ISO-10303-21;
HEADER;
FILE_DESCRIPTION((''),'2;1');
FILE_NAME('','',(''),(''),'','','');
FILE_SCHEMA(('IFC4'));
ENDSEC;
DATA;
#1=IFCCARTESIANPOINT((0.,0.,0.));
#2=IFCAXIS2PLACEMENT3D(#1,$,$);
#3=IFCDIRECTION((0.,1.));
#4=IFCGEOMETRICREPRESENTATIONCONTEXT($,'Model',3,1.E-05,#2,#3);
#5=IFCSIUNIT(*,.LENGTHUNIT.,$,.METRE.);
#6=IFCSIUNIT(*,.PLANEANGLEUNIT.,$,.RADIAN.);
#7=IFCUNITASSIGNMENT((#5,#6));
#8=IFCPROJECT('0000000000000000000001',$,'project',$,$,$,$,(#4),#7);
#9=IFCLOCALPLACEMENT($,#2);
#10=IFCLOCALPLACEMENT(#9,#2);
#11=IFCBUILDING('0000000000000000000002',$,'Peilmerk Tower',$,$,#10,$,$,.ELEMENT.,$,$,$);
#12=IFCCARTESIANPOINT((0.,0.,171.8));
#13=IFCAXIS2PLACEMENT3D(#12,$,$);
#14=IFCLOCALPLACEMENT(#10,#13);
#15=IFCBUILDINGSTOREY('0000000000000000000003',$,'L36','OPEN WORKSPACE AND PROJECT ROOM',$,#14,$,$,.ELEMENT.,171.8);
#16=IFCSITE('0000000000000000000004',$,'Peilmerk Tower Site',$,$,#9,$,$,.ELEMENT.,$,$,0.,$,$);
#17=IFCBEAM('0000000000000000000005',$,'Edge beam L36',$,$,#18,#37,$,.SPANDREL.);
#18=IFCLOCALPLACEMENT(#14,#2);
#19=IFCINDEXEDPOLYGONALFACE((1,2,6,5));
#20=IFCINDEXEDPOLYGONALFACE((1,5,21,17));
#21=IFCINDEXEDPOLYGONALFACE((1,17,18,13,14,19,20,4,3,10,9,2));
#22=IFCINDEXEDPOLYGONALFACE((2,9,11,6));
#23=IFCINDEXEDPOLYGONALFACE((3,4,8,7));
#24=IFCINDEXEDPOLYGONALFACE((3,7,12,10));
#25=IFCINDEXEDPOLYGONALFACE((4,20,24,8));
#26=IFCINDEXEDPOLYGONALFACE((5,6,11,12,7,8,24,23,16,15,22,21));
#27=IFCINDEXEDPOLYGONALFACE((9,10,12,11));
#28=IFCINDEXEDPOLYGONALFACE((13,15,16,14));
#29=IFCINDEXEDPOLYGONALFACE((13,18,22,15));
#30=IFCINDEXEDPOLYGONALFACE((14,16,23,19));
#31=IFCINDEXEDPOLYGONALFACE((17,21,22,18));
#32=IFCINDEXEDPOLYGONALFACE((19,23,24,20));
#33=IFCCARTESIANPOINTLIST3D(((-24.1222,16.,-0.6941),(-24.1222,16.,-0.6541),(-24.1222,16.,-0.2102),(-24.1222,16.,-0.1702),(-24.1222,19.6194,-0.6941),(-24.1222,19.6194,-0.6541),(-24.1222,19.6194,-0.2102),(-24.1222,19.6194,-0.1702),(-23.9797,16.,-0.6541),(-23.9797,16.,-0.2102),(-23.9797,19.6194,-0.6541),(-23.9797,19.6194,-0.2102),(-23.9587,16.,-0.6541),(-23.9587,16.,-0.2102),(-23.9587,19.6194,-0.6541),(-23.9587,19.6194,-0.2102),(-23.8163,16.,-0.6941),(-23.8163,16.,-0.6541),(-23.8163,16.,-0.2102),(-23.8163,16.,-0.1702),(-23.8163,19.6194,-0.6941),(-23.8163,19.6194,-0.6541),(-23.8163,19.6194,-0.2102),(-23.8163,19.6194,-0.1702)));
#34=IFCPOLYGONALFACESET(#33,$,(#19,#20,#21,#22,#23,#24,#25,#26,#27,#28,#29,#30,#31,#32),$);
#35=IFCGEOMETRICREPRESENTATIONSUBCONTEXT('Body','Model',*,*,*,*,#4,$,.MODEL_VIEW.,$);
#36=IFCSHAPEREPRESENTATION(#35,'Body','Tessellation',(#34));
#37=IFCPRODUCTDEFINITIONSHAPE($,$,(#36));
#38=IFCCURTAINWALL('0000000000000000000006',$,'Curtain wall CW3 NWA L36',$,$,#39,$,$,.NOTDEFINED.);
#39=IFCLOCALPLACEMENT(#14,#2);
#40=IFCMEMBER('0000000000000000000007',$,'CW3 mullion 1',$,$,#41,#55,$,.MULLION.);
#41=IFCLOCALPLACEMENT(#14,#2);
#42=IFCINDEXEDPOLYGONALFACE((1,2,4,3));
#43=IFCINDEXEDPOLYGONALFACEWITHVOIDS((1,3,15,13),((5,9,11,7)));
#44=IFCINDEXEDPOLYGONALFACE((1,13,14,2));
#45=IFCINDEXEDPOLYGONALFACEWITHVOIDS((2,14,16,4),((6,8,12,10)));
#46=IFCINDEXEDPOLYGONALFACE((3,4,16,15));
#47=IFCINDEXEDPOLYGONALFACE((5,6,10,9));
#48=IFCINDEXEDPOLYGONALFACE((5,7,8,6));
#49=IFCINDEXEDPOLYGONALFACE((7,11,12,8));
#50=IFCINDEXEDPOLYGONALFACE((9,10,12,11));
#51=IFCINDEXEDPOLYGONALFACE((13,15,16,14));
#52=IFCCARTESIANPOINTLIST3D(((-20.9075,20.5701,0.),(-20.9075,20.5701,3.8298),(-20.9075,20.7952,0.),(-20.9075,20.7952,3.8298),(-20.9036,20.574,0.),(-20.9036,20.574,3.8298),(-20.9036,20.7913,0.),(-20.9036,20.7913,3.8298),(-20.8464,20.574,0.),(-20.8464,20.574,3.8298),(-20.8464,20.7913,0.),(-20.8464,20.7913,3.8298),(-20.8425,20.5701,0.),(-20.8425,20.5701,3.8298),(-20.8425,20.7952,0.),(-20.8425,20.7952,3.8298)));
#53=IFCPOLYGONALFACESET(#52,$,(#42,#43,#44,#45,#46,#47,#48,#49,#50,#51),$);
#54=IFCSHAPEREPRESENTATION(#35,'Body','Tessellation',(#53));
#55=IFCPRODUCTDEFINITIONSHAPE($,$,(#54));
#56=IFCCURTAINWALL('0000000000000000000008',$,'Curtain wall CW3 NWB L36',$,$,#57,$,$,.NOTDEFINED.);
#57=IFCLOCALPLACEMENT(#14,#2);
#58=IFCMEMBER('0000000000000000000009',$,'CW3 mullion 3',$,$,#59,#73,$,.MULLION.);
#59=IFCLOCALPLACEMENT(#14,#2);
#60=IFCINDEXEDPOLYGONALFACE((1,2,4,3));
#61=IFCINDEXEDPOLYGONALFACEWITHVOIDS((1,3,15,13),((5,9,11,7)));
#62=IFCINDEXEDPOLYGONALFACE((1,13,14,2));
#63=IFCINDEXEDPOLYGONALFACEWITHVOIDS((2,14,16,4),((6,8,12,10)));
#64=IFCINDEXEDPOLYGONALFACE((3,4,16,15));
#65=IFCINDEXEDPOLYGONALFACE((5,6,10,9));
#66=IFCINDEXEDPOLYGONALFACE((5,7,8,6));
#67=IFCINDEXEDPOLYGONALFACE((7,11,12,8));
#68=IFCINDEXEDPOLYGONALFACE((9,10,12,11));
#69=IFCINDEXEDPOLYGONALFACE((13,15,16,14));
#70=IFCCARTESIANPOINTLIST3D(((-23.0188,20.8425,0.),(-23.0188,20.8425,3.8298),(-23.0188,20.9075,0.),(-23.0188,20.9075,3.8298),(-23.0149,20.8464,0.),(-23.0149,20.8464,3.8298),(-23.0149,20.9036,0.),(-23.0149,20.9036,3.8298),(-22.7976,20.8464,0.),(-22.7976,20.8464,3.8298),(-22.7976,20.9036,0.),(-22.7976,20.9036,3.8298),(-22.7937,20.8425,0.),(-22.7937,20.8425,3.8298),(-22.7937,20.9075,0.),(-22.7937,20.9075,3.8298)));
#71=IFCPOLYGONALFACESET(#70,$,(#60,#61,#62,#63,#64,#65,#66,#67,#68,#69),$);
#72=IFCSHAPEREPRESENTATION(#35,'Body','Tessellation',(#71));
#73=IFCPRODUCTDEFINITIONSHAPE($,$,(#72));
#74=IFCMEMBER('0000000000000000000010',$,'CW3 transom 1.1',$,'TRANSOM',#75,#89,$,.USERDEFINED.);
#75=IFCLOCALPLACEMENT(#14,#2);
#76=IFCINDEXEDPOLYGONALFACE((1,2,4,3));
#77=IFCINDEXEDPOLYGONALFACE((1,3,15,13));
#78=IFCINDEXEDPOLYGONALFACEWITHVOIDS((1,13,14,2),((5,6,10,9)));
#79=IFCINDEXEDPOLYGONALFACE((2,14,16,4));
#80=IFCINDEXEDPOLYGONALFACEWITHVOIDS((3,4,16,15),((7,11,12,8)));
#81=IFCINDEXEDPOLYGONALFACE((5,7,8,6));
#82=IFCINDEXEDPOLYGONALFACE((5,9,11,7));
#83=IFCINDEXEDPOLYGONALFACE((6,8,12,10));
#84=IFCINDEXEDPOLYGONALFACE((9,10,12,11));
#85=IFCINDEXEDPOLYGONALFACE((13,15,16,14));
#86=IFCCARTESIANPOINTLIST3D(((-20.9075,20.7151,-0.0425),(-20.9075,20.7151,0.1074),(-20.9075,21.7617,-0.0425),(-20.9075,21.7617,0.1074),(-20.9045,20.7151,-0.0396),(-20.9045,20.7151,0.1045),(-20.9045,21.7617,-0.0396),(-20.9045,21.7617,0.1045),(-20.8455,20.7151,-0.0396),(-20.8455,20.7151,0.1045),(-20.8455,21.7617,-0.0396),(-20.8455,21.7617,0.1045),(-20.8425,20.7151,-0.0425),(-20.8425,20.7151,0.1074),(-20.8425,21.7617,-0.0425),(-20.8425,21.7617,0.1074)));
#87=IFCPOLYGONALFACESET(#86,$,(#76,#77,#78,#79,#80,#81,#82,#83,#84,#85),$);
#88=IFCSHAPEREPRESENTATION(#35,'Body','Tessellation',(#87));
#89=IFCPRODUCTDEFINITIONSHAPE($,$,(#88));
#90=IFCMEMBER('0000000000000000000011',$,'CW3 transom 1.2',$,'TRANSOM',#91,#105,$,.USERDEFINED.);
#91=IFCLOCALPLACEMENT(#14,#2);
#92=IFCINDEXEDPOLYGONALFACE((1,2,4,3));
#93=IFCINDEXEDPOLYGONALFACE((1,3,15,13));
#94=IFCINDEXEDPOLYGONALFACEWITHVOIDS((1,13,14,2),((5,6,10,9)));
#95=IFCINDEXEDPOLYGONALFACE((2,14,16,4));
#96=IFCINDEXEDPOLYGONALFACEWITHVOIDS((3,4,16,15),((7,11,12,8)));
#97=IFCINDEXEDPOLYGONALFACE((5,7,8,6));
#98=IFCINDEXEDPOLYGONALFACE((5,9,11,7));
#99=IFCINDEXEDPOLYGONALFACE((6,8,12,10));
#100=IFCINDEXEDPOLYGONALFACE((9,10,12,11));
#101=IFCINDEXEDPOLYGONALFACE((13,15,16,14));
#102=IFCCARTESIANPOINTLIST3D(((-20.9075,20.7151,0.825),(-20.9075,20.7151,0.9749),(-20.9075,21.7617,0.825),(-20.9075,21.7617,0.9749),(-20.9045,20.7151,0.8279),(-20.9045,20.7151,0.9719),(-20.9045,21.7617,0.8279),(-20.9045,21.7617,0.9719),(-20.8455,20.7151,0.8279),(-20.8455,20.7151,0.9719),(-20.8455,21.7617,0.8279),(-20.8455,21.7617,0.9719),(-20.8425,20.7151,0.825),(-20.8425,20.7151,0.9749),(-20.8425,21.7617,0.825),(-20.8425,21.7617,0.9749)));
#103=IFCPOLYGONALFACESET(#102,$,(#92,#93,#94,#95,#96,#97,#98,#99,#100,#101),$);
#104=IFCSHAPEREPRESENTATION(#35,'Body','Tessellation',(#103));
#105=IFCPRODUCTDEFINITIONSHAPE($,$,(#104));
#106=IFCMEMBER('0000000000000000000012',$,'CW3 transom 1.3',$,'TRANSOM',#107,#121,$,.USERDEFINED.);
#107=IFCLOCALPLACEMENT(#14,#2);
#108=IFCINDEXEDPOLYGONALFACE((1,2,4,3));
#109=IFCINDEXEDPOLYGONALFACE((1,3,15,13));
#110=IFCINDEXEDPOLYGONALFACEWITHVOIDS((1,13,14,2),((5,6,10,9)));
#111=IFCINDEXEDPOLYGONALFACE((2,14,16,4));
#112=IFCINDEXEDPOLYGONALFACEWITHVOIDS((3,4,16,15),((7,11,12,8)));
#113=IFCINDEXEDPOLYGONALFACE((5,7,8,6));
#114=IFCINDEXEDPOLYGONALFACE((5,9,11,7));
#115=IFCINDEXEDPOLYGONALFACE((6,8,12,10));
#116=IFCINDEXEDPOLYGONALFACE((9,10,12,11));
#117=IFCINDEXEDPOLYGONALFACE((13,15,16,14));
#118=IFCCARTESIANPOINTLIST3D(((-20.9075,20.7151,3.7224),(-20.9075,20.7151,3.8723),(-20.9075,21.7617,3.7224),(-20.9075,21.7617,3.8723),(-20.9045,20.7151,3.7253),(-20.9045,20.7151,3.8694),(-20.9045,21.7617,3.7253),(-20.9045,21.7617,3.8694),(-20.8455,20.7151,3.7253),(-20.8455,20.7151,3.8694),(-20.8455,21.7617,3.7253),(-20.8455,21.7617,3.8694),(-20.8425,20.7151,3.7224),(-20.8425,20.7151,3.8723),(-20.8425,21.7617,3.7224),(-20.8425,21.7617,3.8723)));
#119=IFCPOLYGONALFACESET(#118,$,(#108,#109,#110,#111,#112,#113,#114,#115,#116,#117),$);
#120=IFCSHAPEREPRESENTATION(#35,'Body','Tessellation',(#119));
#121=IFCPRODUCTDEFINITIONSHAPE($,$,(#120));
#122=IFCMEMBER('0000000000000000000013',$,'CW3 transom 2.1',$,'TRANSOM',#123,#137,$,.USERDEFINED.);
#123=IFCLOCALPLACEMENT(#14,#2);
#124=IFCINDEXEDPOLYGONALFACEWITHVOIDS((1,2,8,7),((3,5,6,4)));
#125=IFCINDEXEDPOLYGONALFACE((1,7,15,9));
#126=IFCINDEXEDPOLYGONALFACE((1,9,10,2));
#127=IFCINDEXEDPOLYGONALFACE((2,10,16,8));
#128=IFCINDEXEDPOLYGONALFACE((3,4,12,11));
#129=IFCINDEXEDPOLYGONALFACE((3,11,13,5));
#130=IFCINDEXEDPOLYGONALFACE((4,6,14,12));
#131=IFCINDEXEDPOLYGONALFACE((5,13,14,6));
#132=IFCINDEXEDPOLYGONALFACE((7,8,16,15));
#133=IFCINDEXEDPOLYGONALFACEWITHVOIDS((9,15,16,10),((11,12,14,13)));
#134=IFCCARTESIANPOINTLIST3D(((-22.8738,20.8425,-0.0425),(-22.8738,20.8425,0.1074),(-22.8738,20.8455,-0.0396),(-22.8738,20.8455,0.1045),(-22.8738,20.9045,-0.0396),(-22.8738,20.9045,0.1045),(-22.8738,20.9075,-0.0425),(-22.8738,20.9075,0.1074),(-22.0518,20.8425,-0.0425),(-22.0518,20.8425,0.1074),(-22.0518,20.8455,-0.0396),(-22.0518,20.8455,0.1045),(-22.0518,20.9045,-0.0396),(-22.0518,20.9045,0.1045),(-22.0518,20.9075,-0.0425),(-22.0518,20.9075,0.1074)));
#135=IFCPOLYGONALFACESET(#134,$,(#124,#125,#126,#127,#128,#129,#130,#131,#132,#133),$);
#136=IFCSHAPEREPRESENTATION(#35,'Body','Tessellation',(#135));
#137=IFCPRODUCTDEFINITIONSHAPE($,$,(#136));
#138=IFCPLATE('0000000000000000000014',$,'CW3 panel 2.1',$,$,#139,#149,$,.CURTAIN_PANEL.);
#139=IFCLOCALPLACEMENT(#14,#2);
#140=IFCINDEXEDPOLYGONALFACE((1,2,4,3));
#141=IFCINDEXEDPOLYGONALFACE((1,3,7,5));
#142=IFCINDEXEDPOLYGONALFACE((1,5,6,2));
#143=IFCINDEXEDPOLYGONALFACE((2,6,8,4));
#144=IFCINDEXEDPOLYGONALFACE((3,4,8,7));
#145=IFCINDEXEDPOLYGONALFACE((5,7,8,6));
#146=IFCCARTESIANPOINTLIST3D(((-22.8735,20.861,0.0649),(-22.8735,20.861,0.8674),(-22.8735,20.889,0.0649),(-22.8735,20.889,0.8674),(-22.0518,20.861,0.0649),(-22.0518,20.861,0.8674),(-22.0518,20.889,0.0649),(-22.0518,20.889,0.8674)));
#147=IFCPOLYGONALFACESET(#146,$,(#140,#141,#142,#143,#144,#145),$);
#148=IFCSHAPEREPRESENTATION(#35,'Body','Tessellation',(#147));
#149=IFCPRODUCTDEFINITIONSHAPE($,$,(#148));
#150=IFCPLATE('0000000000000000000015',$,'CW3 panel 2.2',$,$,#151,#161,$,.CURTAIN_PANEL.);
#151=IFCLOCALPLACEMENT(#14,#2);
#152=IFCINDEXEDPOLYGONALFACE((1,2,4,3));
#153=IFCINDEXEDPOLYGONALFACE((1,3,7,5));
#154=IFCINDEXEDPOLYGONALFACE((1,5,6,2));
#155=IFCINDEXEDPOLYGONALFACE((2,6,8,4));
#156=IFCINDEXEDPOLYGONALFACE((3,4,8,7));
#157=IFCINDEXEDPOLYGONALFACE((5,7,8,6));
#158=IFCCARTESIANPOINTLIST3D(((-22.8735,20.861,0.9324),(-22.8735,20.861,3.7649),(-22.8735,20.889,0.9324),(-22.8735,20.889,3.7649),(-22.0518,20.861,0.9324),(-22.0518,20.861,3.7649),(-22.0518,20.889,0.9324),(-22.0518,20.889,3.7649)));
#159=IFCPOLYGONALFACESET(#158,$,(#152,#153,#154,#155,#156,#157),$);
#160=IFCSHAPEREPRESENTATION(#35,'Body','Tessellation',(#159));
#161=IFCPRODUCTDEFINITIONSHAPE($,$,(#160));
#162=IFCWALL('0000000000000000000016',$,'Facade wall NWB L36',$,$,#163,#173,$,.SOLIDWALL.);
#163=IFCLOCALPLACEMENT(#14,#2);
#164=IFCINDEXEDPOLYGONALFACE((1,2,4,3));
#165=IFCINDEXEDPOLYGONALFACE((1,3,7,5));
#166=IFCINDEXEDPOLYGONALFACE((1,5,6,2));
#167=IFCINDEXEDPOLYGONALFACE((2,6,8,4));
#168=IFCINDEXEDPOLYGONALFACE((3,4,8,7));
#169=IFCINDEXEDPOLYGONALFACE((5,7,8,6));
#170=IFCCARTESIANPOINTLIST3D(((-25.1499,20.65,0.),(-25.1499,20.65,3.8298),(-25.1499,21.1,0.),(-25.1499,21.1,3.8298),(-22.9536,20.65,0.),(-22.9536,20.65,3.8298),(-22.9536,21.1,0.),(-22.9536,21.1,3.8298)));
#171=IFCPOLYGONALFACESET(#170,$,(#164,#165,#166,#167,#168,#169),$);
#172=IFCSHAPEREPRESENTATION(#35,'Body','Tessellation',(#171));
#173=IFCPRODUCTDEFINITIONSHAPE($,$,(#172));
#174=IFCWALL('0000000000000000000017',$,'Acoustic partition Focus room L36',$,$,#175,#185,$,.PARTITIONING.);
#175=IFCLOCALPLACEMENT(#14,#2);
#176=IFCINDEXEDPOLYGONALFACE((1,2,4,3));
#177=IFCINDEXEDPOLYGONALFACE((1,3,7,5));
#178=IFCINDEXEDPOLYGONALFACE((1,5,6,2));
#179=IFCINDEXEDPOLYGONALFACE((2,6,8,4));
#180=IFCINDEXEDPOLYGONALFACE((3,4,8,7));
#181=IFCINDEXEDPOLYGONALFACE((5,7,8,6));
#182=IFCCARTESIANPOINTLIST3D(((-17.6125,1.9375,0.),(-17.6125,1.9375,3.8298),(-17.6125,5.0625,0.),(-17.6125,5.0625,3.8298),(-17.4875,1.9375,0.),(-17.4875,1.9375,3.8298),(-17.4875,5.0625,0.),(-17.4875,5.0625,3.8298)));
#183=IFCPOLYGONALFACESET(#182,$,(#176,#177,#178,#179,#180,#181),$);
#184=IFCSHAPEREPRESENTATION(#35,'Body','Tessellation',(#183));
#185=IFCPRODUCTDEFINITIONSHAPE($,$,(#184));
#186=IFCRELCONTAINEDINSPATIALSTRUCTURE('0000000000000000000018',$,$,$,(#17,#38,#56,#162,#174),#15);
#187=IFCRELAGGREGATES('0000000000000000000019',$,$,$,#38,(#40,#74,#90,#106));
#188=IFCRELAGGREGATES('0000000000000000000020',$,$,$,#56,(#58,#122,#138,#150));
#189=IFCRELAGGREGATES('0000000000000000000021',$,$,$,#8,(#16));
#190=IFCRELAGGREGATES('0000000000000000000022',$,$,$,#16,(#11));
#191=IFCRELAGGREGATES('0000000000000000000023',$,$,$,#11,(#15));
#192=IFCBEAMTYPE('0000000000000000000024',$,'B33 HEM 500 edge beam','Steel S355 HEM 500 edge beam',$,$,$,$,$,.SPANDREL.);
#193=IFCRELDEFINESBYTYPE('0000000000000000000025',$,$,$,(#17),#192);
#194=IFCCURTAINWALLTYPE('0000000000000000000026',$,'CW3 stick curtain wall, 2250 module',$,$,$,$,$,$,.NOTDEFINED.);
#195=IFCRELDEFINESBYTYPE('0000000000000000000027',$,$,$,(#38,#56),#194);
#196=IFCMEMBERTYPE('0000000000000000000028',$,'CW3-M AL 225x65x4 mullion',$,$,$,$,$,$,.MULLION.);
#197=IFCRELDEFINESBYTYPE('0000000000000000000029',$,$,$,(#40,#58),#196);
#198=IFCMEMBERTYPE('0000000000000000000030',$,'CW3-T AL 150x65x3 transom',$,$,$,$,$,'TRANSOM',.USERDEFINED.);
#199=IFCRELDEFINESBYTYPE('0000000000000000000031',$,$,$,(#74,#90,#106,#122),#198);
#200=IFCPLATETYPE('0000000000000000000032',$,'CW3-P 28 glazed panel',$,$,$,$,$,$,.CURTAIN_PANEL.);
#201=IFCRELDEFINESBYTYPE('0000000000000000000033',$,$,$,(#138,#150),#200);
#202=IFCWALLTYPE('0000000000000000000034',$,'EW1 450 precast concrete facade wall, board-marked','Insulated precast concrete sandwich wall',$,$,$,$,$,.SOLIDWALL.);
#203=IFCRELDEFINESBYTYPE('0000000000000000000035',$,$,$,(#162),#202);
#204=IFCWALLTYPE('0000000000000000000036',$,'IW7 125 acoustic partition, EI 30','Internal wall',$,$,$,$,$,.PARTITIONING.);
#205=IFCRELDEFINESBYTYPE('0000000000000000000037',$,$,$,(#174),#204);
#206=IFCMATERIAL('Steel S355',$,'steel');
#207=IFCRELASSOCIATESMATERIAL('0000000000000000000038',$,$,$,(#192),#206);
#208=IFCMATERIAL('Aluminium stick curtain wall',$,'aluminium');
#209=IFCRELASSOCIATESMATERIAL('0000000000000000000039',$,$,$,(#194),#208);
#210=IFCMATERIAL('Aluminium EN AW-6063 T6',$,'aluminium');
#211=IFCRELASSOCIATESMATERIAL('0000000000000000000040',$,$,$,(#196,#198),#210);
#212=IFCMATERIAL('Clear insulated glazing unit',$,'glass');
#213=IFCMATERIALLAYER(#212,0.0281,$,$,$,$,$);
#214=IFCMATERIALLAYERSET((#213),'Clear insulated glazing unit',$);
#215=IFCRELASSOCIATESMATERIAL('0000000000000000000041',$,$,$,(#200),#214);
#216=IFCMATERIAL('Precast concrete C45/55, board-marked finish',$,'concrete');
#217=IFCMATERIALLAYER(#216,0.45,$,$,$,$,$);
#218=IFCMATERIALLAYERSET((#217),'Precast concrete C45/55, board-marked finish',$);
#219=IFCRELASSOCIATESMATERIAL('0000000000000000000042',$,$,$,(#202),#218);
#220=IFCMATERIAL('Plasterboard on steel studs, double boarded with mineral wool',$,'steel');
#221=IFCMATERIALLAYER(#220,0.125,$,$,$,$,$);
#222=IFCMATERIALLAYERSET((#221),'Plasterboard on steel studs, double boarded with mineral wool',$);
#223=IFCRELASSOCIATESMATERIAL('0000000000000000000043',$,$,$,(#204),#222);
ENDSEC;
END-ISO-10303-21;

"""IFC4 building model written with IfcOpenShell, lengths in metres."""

from ifc_helpers import new_model, si_unit, direction, frame, frame_2d, origin, origin_2d, place, context, subcontext, project, spatial, rectangle, hollow_rectangle, i_section, extrude, material, layer, layer_set, material_profile, profile_set, type_object, element, aggregate, save


model = new_model("IFC4")

# Units and contexts
model_context = context("Model", 3, precision=1e-05, world=origin(), true_north=direction((0.0, 1.0)))
body_context = subcontext(model_context, "Body", "Model", "MODEL_VIEW")
ifc_project = project(units=[si_unit("LENGTHUNIT", "METRE"), si_unit("PLANEANGLEUNIT", "RADIAN")], contexts=[model_context])

# Site, building, storey
site_placement = place(None, origin())
site = spatial("IfcSite", under=ifc_project, at=site_placement, Name="Peilmerk Tower Site", CompositionType="ELEMENT", RefElevation=0.0)
building_placement = place(site_placement, origin())
building = spatial("IfcBuilding", under=site, at=building_placement, Name="Peilmerk Tower", CompositionType="ELEMENT")
storey_placement = place(building_placement, frame((0.0, 0.0, 171.8)))
storey = spatial("IfcBuildingStorey", under=building, at=storey_placement, Name="L36", Description="OPEN WORKSPACE AND PROJECT ROOM", CompositionType="ELEMENT", Elevation=171.8)

# Beam
ifc_material_1 = material(Name="Steel S355", Category="steel")
ifc_material_profile_1 = material_profile(ifc_material_1, i_section(OverallWidth=0.3059, OverallDepth=0.5239, WebThickness=0.021, FlangeThickness=0.04, at=origin_2d()), Name="HEM 500")
ifc_profile_set_1 = profile_set([ifc_material_profile_1], Name="Steel S355")
beam_type_1 = type_object("IfcBeamType", Name="B33 HEM 500 edge beam", Description="Steel S355 HEM 500 edge beam", PredefinedType="SPANDREL", material=ifc_profile_set_1)
beam_1_placement = place(storey_placement, frame((-23.9692, 19.6194, -0.4321), z_axis=(0.0, -1.0, 0.0), x_axis=(1.0, 0.0, 0.0)))
element("IfcBeam", 1, at=beam_1_placement, inside=storey, type_object=beam_type_1, Name="Edge beam L36", PredefinedType="SPANDREL", context=body_context, shape_type="SweptSolid", body=[
    extrude(i_section(OverallWidth=0.3059, OverallDepth=0.5239, WebThickness=0.021, FlangeThickness=0.04, at=origin_2d()), origin(), (0.0, 0.0, 1.0), 3.6194),
])

# Curtain walls, members
ifc_material_2 = material(Name="Aluminium stick curtain wall", Category="aluminium")
curtain_wall_type = type_object("IfcCurtainWallType", Name="CW3 stick curtain wall, 2250 module", PredefinedType="NOTDEFINED", material=ifc_material_2)
curtain_wall_1_placement = place(storey_placement, origin())
curtain_wall_1 = element("IfcCurtainWall", 2, at=curtain_wall_1_placement, inside=storey, type_object=curtain_wall_type, Name="Curtain wall CW3 NWA L36", PredefinedType="NOTDEFINED")
ifc_material_3 = material(Name="Aluminium EN AW-6063 T6", Category="aluminium")
ifc_material_profile_2 = material_profile(ifc_material_3, hollow_rectangle(XDim=0.0649, YDim=0.2251, WallThickness=0.0039, at=origin_2d()), Name="AL 225x65x4")
ifc_profile_set_2 = profile_set([ifc_material_profile_2], Name="Aluminium EN AW-6063 T6")
member_type_1 = type_object("IfcMemberType", Name="CW3-M AL 225x65x4 mullion", PredefinedType="MULLION", material=ifc_profile_set_2)
member_1_placement = place(storey_placement, frame((-20.875, 20.6826, 0.0), z_axis=(0.0, 0.0, 1.0), x_axis=(-1.0, 0.0, 0.0)))
member_1 = element("IfcMember", 3, at=member_1_placement, type_object=member_type_1, Name="CW3 mullion 1", PredefinedType="MULLION", context=body_context, shape_type="SweptSolid", body=[
    extrude(hollow_rectangle(XDim=0.0649, YDim=0.2251, WallThickness=0.0039, at=origin_2d()), origin(), (0.0, 0.0, 1.0), 3.8298),
])
curtain_wall_2_placement = place(storey_placement, origin())
curtain_wall_2 = element("IfcCurtainWall", 4, at=curtain_wall_2_placement, inside=storey, type_object=curtain_wall_type, Name="Curtain wall CW3 NWB L36", PredefinedType="NOTDEFINED")
member_2_placement = place(storey_placement, frame((-22.9062, 20.875, 0.0), z_axis=(0.0, 0.0, 1.0), x_axis=(0.0, -1.0, 0.0)))
member_2 = element("IfcMember", 5, at=member_2_placement, type_object=member_type_1, Name="CW3 mullion 3", PredefinedType="MULLION", context=body_context, shape_type="SweptSolid", body=[
    extrude(hollow_rectangle(XDim=0.0649, YDim=0.2251, WallThickness=0.0039, at=origin_2d()), origin(), (0.0, 0.0, 1.0), 3.8298),
])

# Members
ifc_material_profile_3 = material_profile(ifc_material_3, hollow_rectangle(XDim=0.0649, YDim=0.1499, WallThickness=0.0029, at=origin_2d()), Name="AL 150x65x3")
ifc_profile_set_3 = profile_set([ifc_material_profile_3], Name="Aluminium EN AW-6063 T6")
member_type_2 = type_object("IfcMemberType", Name="CW3-T AL 150x65x3 transom", ElementType="TRANSOM", PredefinedType="USERDEFINED", material=ifc_profile_set_3)
member_3_placement = place(storey_placement, frame((-20.875, 20.7151, 0.0325), z_axis=(0.0, 1.0, 0.0), x_axis=(-1.0, 0.0, 0.0)))
member_3 = element("IfcMember", 6, at=member_3_placement, type_object=member_type_2, Name="CW3 transom 1.1", ObjectType="TRANSOM", PredefinedType="USERDEFINED", context=body_context, shape_type="SweptSolid", body=[
    extrude(hollow_rectangle(XDim=0.0649, YDim=0.1499, WallThickness=0.0029, at=origin_2d()), origin(), (0.0, 0.0, 1.0), 1.0466),
])
member_4_placement = place(storey_placement, frame((-20.875, 20.7151, 0.8999), z_axis=(0.0, 1.0, 0.0), x_axis=(-1.0, 0.0, 0.0)))
member_4 = element("IfcMember", 7, at=member_4_placement, type_object=member_type_2, Name="CW3 transom 1.2", ObjectType="TRANSOM", PredefinedType="USERDEFINED", context=body_context, shape_type="SweptSolid", body=[
    extrude(hollow_rectangle(XDim=0.0649, YDim=0.1499, WallThickness=0.0029, at=origin_2d()), origin(), (0.0, 0.0, 1.0), 1.0466),
])
member_5_placement = place(storey_placement, frame((-20.875, 20.7151, 3.7974), z_axis=(0.0, 1.0, 0.0), x_axis=(-1.0, 0.0, 0.0)))
member_5 = element("IfcMember", 8, at=member_5_placement, type_object=member_type_2, Name="CW3 transom 1.3", ObjectType="TRANSOM", PredefinedType="USERDEFINED", context=body_context, shape_type="SweptSolid", body=[
    extrude(hollow_rectangle(XDim=0.0649, YDim=0.1499, WallThickness=0.0029, at=origin_2d()), origin(), (0.0, 0.0, 1.0), 1.0466),
])
aggregate(curtain_wall_1, [member_1, member_3, member_4, member_5])
member_6_placement = place(storey_placement, frame((-22.0518, 20.875, 0.0325), z_axis=(-1.0, 0.0, 0.0), x_axis=(0.0, -1.0, 0.0)))
member_6 = element("IfcMember", 9, at=member_6_placement, type_object=member_type_2, Name="CW3 transom 2.1", ObjectType="TRANSOM", PredefinedType="USERDEFINED", context=body_context, shape_type="SweptSolid", body=[
    extrude(hollow_rectangle(XDim=0.0649, YDim=0.1499, WallThickness=0.0029, at=origin_2d()), origin(), (0.0, 0.0, 1.0), 0.822),
])

# Plates
ifc_material_4 = material(Name="Clear insulated glazing unit", Category="glass")
ifc_layer_1 = layer(ifc_material_4, 0.0281)
ifc_layer_set_1 = layer_set([ifc_layer_1], Name="Clear insulated glazing unit")
plate_type = type_object("IfcPlateType", Name="CW3-P 28 glazed panel", PredefinedType="CURTAIN_PANEL", material=ifc_layer_set_1)
plate_1_placement = place(storey_placement, frame((-22.4626, 20.875, 0.0649), z_axis=(0.0, 0.0, 1.0), x_axis=(-1.0, 0.0, 0.0)))
plate_1 = element("IfcPlate", 10, at=plate_1_placement, type_object=plate_type, Name="CW3 panel 2.1", PredefinedType="CURTAIN_PANEL", context=body_context, shape_type="SweptSolid", body=[
    extrude(rectangle(XDim=0.8218, YDim=0.0281, at=origin_2d()), origin(), (0.0, 0.0, 1.0), 0.8025),
])
plate_2_placement = place(storey_placement, frame((-22.4626, 20.875, 0.9324), z_axis=(0.0, 0.0, 1.0), x_axis=(-1.0, 0.0, 0.0)))
plate_2 = element("IfcPlate", 11, at=plate_2_placement, type_object=plate_type, Name="CW3 panel 2.2", PredefinedType="CURTAIN_PANEL", context=body_context, shape_type="SweptSolid", body=[
    extrude(rectangle(XDim=0.8218, YDim=0.0281, at=origin_2d()), origin(), (0.0, 0.0, 1.0), 2.8325),
])
aggregate(curtain_wall_2, [member_2, member_6, plate_1, plate_2])

# Walls
ifc_material_5 = material(Name="Precast concrete C45/55, board-marked finish", Category="concrete")
ifc_layer_2 = layer(ifc_material_5, 0.45)
ifc_layer_set_2 = layer_set([ifc_layer_2], Name="Precast concrete C45/55, board-marked finish")
wall_type_1 = type_object("IfcWallType", Name="EW1 450 precast concrete facade wall, board-marked", Description="Insulated precast concrete sandwich wall", PredefinedType="SOLIDWALL", material=ifc_layer_set_2)
wall_1_placement = place(storey_placement, frame((-22.9536, 20.875, 0.0), z_axis=(0.0, 0.0, 1.0), x_axis=(-1.0, 0.0, 0.0)))
element("IfcWall", 12, at=wall_1_placement, inside=storey, type_object=wall_type_1, Name="Facade wall NWB L36", PredefinedType="SOLIDWALL", context=body_context, shape_type="SweptSolid", body=[
    extrude(rectangle(XDim=2.1963, YDim=0.45, at=frame_2d((1.0981, 0.0))), origin(), (0.0, 0.0, 1.0), 3.8298),
])
ifc_material_6 = material(Name="Plasterboard on steel studs, double boarded with mineral wool", Category="steel")
ifc_layer_3 = layer(ifc_material_6, 0.125)
ifc_layer_set_3 = layer_set([ifc_layer_3], Name="Plasterboard on steel studs, double boarded with mineral wool")
wall_type_2 = type_object("IfcWallType", Name="IW7 125 acoustic partition, EI 30", Description="Internal wall", PredefinedType="PARTITIONING", material=ifc_layer_set_3)
wall_2_placement = place(storey_placement, frame((-17.55, 1.9375, 0.0), z_axis=(0.0, 0.0, 1.0), x_axis=(0.0, 1.0, 0.0)))
element("IfcWall", 13, at=wall_2_placement, inside=storey, type_object=wall_type_2, Name="Acoustic partition Focus room L36", PredefinedType="PARTITIONING", context=body_context, shape_type="SweptSolid", body=[
    extrude(rectangle(XDim=3.125, YDim=0.125, at=frame_2d((1.5625, 0.0))), origin(), (0.0, 0.0, 1.0), 3.8298),
])

save(model, "model.ifc")
